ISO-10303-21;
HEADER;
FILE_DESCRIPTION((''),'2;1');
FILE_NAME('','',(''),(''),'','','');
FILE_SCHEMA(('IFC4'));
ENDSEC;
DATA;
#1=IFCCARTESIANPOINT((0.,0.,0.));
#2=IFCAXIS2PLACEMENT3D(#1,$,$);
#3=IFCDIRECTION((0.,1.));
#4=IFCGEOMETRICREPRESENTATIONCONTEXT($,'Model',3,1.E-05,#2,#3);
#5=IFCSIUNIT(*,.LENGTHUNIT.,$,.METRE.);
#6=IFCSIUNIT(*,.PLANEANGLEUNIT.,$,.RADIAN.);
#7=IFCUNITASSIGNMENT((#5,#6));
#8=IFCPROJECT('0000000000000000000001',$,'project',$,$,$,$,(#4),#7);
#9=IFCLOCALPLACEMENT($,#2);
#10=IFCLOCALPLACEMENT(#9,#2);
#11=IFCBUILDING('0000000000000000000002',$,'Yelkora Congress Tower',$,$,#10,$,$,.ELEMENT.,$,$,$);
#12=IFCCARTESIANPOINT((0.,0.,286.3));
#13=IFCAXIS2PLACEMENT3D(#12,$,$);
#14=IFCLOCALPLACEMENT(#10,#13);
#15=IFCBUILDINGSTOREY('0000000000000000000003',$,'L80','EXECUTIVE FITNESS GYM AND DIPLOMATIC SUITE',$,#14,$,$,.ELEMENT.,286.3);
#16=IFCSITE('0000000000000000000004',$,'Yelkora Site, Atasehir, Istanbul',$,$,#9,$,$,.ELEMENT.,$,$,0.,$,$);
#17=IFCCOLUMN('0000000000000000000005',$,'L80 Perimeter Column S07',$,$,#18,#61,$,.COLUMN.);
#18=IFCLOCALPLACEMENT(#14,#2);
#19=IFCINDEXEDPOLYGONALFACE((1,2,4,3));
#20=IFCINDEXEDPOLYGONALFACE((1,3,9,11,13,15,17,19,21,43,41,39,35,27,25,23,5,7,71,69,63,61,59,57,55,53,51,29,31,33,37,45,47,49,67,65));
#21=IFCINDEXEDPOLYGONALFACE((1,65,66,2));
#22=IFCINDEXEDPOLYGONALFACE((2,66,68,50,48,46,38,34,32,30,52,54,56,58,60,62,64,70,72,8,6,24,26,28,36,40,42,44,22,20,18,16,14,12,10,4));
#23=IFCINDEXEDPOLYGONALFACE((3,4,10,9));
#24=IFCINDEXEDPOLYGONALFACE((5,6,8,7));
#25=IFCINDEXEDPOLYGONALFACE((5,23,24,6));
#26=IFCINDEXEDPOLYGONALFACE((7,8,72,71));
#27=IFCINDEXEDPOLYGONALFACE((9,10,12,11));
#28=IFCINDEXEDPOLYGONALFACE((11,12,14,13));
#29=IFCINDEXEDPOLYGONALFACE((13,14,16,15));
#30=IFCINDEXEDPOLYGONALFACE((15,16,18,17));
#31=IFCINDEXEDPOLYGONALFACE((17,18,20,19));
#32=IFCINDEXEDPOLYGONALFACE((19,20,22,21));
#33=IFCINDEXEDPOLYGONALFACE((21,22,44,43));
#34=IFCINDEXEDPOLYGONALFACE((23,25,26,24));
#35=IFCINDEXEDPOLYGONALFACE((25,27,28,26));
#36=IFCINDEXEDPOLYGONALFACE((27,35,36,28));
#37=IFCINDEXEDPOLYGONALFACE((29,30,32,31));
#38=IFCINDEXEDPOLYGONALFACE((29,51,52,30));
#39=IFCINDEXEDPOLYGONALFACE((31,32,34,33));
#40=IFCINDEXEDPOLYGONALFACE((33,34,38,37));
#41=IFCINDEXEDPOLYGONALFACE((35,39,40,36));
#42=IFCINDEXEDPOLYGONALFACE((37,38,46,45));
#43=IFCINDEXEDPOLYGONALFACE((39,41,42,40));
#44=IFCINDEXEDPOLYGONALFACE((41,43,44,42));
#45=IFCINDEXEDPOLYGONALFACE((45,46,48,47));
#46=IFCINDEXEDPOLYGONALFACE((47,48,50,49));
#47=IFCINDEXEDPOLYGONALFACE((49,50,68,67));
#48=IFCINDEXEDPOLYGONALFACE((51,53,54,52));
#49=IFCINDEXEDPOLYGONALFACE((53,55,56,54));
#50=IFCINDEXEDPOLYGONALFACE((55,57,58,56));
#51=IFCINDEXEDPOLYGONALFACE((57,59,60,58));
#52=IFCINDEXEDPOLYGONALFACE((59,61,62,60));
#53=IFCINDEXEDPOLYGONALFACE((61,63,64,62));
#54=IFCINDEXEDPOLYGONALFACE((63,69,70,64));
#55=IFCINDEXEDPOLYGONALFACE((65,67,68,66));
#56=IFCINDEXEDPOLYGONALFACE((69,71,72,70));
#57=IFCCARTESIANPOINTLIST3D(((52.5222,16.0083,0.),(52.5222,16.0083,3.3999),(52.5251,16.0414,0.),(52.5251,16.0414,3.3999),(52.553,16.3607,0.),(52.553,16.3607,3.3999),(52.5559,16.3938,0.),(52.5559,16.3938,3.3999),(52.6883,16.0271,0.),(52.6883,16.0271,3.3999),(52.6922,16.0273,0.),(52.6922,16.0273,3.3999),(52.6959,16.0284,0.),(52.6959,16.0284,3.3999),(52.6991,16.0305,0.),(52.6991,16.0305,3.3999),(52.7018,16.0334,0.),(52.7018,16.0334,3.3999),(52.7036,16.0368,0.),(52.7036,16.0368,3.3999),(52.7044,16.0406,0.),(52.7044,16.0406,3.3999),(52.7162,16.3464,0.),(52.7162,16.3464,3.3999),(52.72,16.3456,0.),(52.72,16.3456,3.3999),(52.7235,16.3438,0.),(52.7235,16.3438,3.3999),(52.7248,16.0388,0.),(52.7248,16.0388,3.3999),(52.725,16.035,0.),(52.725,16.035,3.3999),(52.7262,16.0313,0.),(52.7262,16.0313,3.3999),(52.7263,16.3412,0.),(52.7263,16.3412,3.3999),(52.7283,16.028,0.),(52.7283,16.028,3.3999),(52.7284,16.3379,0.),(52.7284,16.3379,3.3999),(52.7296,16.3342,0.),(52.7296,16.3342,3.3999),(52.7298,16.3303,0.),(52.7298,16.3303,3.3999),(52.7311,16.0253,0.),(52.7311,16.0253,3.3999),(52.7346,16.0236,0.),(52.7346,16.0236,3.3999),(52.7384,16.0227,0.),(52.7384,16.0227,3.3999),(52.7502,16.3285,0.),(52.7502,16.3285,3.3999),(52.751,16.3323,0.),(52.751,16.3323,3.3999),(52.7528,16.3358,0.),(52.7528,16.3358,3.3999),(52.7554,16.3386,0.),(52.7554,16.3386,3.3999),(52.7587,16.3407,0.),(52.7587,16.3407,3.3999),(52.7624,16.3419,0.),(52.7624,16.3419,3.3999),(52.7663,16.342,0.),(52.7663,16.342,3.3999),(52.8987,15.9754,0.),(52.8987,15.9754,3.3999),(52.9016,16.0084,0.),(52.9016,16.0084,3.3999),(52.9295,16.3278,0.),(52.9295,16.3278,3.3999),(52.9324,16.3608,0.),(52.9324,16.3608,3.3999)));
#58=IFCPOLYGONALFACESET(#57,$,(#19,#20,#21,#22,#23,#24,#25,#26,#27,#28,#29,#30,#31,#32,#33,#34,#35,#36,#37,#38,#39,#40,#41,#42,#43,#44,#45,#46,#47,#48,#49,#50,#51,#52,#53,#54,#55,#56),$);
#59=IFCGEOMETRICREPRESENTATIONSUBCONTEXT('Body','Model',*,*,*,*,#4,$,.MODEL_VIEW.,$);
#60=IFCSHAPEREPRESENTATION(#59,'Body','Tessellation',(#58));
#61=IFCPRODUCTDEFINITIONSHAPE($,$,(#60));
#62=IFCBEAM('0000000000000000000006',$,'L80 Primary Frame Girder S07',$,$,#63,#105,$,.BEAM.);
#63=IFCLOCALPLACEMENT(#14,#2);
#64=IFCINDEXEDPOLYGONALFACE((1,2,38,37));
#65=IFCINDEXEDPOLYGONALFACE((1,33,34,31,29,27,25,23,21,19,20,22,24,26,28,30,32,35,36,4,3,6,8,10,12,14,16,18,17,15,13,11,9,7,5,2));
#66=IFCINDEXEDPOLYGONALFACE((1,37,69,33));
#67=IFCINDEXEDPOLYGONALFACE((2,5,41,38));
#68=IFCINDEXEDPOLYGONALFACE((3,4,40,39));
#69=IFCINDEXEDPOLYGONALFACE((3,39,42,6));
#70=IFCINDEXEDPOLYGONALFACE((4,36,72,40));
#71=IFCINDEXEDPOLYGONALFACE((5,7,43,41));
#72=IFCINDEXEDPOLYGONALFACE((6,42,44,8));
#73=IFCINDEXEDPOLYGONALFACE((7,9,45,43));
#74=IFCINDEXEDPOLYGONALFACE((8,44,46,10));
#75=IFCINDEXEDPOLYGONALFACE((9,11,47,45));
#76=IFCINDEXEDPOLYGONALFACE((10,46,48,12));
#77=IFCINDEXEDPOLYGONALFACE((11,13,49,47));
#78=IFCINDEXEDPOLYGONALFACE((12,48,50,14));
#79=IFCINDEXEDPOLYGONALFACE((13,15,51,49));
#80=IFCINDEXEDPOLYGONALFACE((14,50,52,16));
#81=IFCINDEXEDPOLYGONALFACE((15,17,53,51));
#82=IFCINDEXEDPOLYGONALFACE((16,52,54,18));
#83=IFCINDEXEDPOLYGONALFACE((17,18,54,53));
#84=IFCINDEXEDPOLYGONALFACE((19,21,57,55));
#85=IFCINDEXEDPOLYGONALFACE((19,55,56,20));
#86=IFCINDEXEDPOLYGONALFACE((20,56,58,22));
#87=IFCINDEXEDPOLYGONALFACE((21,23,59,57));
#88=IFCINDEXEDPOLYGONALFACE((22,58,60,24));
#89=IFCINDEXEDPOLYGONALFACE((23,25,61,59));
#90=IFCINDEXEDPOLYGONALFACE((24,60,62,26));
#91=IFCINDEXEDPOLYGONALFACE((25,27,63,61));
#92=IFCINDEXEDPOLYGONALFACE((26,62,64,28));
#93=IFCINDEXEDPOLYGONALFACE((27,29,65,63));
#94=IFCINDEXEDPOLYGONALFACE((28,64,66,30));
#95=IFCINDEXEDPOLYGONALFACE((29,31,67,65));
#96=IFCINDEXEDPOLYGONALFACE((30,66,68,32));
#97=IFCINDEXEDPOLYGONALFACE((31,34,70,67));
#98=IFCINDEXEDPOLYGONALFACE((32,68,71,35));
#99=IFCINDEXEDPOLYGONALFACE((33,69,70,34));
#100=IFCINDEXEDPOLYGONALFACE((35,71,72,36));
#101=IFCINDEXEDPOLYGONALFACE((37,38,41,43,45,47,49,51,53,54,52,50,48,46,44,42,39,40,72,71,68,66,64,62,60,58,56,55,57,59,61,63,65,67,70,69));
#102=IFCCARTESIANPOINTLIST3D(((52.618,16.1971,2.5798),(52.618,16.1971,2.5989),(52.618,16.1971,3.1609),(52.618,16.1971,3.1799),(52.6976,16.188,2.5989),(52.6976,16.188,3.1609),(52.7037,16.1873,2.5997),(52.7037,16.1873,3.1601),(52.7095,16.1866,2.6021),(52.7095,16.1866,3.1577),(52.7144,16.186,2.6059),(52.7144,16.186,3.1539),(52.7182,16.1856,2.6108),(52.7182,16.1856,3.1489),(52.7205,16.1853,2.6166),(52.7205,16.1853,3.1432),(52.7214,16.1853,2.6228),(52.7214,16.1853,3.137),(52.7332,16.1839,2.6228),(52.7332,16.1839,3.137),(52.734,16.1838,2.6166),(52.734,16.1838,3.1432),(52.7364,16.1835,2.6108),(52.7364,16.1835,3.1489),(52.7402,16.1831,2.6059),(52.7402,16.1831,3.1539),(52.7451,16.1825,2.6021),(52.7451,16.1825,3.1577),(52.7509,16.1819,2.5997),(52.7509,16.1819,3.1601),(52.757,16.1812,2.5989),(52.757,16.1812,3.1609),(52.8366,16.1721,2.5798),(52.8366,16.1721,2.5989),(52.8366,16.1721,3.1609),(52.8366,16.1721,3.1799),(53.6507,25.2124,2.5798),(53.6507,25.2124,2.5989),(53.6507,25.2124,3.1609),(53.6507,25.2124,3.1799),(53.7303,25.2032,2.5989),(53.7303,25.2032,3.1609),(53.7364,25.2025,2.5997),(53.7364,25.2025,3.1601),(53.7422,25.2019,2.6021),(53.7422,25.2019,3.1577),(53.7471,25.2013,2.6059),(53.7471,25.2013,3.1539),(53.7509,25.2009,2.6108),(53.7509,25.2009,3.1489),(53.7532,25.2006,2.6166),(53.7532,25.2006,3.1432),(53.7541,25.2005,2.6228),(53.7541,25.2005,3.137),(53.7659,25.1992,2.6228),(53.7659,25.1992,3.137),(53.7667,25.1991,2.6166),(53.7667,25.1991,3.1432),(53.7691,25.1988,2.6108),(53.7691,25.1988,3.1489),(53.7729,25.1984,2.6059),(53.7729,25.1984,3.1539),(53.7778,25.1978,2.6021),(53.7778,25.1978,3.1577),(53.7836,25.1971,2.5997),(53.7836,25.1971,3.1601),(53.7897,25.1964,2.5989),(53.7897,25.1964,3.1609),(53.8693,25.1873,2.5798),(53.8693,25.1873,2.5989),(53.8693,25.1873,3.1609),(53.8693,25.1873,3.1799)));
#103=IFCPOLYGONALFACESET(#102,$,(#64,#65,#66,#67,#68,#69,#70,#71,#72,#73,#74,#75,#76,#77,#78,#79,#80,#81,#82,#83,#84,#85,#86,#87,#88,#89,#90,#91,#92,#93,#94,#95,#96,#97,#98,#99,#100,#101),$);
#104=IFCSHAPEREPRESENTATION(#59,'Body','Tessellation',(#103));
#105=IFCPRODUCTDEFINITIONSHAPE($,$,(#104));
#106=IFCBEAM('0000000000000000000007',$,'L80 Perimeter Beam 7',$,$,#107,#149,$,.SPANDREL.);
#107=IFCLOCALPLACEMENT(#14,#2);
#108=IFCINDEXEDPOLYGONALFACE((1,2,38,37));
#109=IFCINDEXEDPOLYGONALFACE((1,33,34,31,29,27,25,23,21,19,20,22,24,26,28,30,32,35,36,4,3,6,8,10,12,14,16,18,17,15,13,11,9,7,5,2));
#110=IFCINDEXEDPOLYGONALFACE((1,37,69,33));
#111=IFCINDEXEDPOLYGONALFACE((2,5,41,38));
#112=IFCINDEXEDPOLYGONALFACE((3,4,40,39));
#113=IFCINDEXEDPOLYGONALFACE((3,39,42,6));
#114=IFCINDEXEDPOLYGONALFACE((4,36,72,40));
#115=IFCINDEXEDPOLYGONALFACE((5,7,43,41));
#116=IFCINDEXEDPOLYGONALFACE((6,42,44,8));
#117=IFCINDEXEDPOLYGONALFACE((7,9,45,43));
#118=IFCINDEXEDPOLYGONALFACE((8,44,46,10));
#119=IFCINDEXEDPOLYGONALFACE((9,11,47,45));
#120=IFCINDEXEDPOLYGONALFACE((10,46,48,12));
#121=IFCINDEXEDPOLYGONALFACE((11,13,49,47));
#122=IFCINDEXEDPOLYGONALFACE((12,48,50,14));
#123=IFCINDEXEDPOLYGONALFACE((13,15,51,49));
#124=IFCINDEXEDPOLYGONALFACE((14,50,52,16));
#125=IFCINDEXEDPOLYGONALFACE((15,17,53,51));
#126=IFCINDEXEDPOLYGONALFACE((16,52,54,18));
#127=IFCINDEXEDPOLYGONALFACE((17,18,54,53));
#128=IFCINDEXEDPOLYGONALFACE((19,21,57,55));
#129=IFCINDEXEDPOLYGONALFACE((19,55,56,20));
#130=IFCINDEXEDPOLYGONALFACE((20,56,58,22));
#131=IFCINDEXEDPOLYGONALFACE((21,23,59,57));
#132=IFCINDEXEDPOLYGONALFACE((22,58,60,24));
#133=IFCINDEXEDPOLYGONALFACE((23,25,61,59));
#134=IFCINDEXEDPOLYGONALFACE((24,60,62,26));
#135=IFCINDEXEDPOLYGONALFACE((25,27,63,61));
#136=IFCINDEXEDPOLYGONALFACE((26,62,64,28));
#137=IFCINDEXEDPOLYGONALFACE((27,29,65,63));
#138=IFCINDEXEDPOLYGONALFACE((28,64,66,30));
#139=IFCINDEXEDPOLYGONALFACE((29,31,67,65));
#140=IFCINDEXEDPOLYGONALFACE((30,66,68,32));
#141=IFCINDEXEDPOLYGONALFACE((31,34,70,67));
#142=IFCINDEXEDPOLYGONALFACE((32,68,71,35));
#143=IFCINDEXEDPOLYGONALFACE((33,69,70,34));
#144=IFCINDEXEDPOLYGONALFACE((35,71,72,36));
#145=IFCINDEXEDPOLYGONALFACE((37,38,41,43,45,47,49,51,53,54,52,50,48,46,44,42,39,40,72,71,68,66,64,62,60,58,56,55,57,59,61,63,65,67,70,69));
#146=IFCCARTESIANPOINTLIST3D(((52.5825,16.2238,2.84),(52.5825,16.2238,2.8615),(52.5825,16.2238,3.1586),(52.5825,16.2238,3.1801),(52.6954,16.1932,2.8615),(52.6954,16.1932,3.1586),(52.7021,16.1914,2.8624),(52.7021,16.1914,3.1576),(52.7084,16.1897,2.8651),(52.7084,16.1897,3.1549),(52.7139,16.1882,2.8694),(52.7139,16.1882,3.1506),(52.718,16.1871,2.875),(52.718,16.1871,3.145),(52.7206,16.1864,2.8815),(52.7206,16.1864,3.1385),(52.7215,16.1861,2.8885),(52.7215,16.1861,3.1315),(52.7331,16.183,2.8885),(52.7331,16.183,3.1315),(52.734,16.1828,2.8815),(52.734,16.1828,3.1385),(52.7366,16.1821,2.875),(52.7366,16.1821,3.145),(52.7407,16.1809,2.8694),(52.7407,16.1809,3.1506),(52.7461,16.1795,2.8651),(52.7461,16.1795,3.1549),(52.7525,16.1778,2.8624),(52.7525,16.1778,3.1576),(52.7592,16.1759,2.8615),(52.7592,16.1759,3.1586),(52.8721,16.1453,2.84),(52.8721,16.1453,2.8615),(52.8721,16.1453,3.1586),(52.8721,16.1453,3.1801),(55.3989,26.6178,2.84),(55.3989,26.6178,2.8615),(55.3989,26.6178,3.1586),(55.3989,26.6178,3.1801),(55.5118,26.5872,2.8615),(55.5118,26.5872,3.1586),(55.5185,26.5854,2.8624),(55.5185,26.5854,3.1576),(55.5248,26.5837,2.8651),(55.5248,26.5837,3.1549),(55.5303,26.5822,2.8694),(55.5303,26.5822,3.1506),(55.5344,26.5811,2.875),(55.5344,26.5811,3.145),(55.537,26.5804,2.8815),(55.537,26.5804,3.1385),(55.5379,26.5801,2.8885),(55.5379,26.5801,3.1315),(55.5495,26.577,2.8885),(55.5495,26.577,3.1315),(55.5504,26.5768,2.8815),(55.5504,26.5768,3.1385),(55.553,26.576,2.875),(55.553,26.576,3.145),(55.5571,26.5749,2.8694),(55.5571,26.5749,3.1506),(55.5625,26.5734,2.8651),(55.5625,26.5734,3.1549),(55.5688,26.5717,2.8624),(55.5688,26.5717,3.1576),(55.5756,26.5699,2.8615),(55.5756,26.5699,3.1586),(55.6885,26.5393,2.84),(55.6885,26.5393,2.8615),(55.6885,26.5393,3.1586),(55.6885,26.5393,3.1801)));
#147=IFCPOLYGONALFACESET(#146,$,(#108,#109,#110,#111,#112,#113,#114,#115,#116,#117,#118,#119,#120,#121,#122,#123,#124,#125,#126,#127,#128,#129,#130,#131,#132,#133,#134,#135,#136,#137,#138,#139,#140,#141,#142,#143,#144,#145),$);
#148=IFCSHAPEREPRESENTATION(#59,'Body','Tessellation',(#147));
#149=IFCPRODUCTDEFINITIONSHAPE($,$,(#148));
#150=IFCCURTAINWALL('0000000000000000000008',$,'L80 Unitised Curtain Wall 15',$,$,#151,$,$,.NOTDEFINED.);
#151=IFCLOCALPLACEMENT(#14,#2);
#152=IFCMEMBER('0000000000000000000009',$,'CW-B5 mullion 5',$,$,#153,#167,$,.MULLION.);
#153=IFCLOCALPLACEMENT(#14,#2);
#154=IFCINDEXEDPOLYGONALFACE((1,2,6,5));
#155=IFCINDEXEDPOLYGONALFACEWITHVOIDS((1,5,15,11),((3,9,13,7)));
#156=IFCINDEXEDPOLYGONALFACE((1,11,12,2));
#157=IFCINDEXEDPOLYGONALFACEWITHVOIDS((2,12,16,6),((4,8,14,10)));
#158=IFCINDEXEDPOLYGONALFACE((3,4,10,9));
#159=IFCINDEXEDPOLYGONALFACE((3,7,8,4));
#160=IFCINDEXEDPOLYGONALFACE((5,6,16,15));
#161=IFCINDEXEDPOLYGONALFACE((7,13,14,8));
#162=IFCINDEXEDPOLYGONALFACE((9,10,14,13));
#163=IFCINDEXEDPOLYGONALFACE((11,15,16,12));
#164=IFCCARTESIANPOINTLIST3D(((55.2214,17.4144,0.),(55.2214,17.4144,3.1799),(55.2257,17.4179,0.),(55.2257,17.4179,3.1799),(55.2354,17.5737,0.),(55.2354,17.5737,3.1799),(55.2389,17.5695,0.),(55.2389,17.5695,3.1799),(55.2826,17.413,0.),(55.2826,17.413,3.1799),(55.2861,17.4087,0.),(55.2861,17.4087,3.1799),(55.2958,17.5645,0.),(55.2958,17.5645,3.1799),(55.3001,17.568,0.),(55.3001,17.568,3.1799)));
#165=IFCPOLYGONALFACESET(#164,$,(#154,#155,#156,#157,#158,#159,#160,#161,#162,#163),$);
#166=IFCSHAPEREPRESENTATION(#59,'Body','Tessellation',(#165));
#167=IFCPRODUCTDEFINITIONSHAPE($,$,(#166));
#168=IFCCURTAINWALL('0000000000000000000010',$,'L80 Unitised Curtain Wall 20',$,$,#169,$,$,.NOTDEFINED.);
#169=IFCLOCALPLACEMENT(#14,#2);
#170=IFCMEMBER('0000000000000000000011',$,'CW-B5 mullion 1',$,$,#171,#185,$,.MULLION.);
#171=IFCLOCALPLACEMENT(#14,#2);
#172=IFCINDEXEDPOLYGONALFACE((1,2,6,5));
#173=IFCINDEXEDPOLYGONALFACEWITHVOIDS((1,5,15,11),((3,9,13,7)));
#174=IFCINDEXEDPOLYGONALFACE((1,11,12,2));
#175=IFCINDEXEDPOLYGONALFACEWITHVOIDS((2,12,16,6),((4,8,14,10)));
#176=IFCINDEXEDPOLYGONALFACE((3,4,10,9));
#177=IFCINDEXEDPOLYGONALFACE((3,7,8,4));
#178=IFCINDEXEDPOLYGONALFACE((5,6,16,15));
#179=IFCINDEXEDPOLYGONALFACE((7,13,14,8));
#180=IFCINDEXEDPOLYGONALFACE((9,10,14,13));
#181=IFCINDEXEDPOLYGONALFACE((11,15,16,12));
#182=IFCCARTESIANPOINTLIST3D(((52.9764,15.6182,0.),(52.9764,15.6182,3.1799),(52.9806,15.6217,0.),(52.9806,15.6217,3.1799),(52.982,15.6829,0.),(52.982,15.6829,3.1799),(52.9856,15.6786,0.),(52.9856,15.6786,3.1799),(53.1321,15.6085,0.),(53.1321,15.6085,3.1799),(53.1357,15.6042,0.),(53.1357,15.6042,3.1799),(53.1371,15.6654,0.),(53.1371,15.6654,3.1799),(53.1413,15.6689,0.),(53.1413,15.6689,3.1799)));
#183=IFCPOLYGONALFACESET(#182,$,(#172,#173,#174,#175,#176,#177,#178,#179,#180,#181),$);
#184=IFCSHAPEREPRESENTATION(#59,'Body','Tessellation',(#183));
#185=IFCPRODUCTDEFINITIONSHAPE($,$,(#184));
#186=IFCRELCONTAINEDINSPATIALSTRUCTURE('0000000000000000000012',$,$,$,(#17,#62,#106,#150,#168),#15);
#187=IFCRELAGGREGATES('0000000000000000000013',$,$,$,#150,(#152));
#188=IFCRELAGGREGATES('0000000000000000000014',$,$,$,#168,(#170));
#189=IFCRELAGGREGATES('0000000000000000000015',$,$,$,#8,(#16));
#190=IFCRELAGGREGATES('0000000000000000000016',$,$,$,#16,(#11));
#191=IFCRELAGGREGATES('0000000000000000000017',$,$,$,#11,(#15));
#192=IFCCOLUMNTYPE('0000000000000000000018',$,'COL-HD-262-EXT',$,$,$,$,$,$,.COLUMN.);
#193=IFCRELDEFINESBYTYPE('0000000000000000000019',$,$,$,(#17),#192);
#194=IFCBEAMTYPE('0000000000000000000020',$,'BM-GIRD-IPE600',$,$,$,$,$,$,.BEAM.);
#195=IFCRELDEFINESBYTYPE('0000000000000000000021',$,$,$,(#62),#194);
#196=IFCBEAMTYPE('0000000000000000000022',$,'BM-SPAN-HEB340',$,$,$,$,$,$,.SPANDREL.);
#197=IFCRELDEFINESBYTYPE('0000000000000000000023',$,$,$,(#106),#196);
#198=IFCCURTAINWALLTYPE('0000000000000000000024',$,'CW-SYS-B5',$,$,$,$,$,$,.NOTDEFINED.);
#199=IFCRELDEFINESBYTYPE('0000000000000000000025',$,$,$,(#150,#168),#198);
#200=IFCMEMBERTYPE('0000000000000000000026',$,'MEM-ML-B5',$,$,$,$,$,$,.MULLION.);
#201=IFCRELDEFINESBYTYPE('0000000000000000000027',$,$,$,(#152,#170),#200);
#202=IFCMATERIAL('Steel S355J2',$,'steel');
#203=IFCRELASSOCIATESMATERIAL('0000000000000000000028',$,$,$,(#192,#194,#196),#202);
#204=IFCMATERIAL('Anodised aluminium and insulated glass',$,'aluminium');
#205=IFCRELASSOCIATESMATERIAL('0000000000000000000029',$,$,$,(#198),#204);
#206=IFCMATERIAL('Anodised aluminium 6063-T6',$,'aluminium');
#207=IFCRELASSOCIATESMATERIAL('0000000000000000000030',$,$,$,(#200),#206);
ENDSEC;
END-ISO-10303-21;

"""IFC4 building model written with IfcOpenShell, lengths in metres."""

from ifc_helpers import new_model, si_unit, direction, frame, origin, origin_2d, place, context, subcontext, project, spatial, hollow_rectangle, i_section, extrude, material, material_profile, profile_set, type_object, element, aggregate, save


model = new_model("IFC4")

# Units and contexts
model_context = context("Model", 3, precision=1e-05, world=origin(), true_north=direction((0.0, 1.0)))
body_context = subcontext(model_context, "Body", "Model", "MODEL_VIEW")
ifc_project = project(units=[si_unit("LENGTHUNIT", "METRE"), si_unit("PLANEANGLEUNIT", "RADIAN")], contexts=[model_context])

# Site, building, storey
site_placement = place(None, origin())
site = spatial("IfcSite", under=ifc_project, at=site_placement, Name="Yelkora Site, Atasehir, Istanbul", CompositionType="ELEMENT", RefElevation=0.0)
building_placement = place(site_placement, origin())
building = spatial("IfcBuilding", under=site, at=building_placement, Name="Yelkora Congress Tower", CompositionType="ELEMENT")
storey_placement = place(building_placement, frame((0.0, 0.0, 286.3)))
storey = spatial("IfcBuildingStorey", under=building, at=storey_placement, Name="L80", Description="EXECUTIVE FITNESS GYM AND DIPLOMATIC SUITE", CompositionType="ELEMENT", Elevation=286.3)

# Column
ifc_material_1 = material(Name="Steel S355J2", Category="steel")
ifc_material_profile_1 = material_profile(ifc_material_1, i_section(OverallWidth=0.3779, OverallDepth=0.387, WebThickness=0.0205, FlangeThickness=0.0332, FilletRadius=0.0149, at=origin_2d()), Name="HD 360x262")
ifc_profile_set_1 = profile_set([ifc_material_profile_1], Name="Steel S355J2")
column_type = type_object("IfcColumnType", Name="COL-HD-262-EXT", PredefinedType="COLUMN", material=ifc_profile_set_1)
column_placement = place(storey_placement, frame((52.7273, 16.1846, 0.0), z_axis=(0.0, 0.0, 1.0), x_axis=(0.996195, -0.087156, 0.0)))
element("IfcColumn", 1, at=column_placement, inside=storey, type_object=column_type, Name="L80 Perimeter Column S07", PredefinedType="COLUMN", context=body_context, shape_type="SweptSolid", body=[
    extrude(i_section(OverallWidth=0.3779, OverallDepth=0.387, WebThickness=0.0205, FlangeThickness=0.0332, FilletRadius=0.0149, at=origin_2d()), origin(), (0.0, 0.0, 1.0), 3.3999),
])

# Beams
ifc_material_profile_2 = material_profile(ifc_material_1, i_section(OverallWidth=0.22, OverallDepth=0.6001, WebThickness=0.012, FlangeThickness=0.019, FilletRadius=0.0239, at=origin_2d()), Name="IPE 600")
ifc_profile_set_2 = profile_set([ifc_material_profile_2], Name="Steel S355J2")
beam_type_1 = type_object("IfcBeamType", Name="BM-GIRD-IPE600", PredefinedType="BEAM", material=ifc_profile_set_2)
beam_1_placement = place(storey_placement, frame((52.7273, 16.1846, 2.8799), z_axis=(0.113806, 0.993503, 0.0), x_axis=(-0.993503, 0.113806, 0.0)))
element("IfcBeam", 2, at=beam_1_placement, inside=storey, type_object=beam_type_1, Name="L80 Primary Frame Girder S07", PredefinedType="BEAM", context=body_context, shape_type="SweptSolid", body=[
    extrude(i_section(OverallWidth=0.22, OverallDepth=0.6001, WebThickness=0.012, FlangeThickness=0.019, FilletRadius=0.0239, at=origin_2d()), origin(), (0.0, 0.0, 1.0), 9.0742),
])
ifc_material_profile_3 = material_profile(ifc_material_1, i_section(OverallWidth=0.3, OverallDepth=0.3401, WebThickness=0.012, FlangeThickness=0.0215, FilletRadius=0.0271, at=origin_2d()), Name="HEB 340")
ifc_profile_set_3 = profile_set([ifc_material_profile_3], Name="Steel S355J2")
beam_type_2 = type_object("IfcBeamType", Name="BM-SPAN-HEB340", PredefinedType="SPANDREL", material=ifc_profile_set_3)
beam_2_placement = place(storey_placement, frame((52.7273, 16.1846, 3.01), z_axis=(0.261533, 0.965195, 0.0), x_axis=(-0.965195, 0.261533, 0.0)))
element("IfcBeam", 3, at=beam_2_placement, inside=storey, type_object=beam_type_2, Name="L80 Perimeter Beam 7", PredefinedType="SPANDREL", context=body_context, shape_type="SweptSolid", body=[
    extrude(i_section(OverallWidth=0.3, OverallDepth=0.3401, WebThickness=0.012, FlangeThickness=0.0215, FilletRadius=0.0271, at=origin_2d()), origin(), (0.0, 0.0, 1.0), 10.7688),
])

# Curtain wall, member
ifc_material_2 = material(Name="Anodised aluminium and insulated glass", Category="aluminium")
curtain_wall_type = type_object("IfcCurtainWallType", Name="CW-SYS-B5", PredefinedType="NOTDEFINED", material=ifc_material_2)
curtain_wall_1_placement = place(storey_placement, origin())
curtain_wall_1 = element("IfcCurtainWall", 4, at=curtain_wall_1_placement, inside=storey, type_object=curtain_wall_type, Name="L80 Unitised Curtain Wall 15", PredefinedType="NOTDEFINED")
ifc_material_3 = material(Name="Anodised aluminium 6063-T6", Category="aluminium")
ifc_material_profile_4 = material_profile(ifc_material_3, hollow_rectangle(XDim=0.0649, YDim=0.1599, WallThickness=0.0039, at=origin_2d()), Name="ALU 65x160x4")
ifc_profile_set_4 = profile_set([ifc_material_profile_4], Name="Anodised aluminium 6063-T6")
member_type_1 = type_object("IfcMemberType", Name="MEM-ML-B5", PredefinedType="MULLION", material=ifc_profile_set_4)
member_1_placement = place(storey_placement, frame((55.2607, 17.4912, 0.0), z_axis=(0.0, 0.0, 1.0), x_axis=(0.996194, -0.087158, 0.0)))
member_1 = element("IfcMember", 5, at=member_1_placement, type_object=member_type_1, Name="CW-B5 mullion 5", PredefinedType="MULLION", context=body_context, shape_type="SweptSolid", body=[
    extrude(hollow_rectangle(XDim=0.0649, YDim=0.1599, WallThickness=0.0039, at=origin_2d()), origin(), (0.0, 0.0, 1.0), 3.1799),
])
aggregate(curtain_wall_1, [member_1])

# Curtain wall, member
curtain_wall_2_placement = place(storey_placement, origin())
curtain_wall_2 = element("IfcCurtainWall", 6, at=curtain_wall_2_placement, inside=storey, type_object=curtain_wall_type, Name="L80 Unitised Curtain Wall 20", PredefinedType="NOTDEFINED")
member_2_placement = place(storey_placement, frame((53.0588, 15.6436, 0.0), z_axis=(0.0, 0.0, 1.0), x_axis=(-0.087157, -0.996195, 0.0)))
member_2 = element("IfcMember", 7, at=member_2_placement, type_object=member_type_1, Name="CW-B5 mullion 1", PredefinedType="MULLION", context=body_context, shape_type="SweptSolid", body=[
    extrude(hollow_rectangle(XDim=0.0649, YDim=0.1599, WallThickness=0.0039, at=origin_2d()), origin(), (0.0, 0.0, 1.0), 3.1799),
])
aggregate(curtain_wall_2, [member_2])

save(model, "model.ifc")
